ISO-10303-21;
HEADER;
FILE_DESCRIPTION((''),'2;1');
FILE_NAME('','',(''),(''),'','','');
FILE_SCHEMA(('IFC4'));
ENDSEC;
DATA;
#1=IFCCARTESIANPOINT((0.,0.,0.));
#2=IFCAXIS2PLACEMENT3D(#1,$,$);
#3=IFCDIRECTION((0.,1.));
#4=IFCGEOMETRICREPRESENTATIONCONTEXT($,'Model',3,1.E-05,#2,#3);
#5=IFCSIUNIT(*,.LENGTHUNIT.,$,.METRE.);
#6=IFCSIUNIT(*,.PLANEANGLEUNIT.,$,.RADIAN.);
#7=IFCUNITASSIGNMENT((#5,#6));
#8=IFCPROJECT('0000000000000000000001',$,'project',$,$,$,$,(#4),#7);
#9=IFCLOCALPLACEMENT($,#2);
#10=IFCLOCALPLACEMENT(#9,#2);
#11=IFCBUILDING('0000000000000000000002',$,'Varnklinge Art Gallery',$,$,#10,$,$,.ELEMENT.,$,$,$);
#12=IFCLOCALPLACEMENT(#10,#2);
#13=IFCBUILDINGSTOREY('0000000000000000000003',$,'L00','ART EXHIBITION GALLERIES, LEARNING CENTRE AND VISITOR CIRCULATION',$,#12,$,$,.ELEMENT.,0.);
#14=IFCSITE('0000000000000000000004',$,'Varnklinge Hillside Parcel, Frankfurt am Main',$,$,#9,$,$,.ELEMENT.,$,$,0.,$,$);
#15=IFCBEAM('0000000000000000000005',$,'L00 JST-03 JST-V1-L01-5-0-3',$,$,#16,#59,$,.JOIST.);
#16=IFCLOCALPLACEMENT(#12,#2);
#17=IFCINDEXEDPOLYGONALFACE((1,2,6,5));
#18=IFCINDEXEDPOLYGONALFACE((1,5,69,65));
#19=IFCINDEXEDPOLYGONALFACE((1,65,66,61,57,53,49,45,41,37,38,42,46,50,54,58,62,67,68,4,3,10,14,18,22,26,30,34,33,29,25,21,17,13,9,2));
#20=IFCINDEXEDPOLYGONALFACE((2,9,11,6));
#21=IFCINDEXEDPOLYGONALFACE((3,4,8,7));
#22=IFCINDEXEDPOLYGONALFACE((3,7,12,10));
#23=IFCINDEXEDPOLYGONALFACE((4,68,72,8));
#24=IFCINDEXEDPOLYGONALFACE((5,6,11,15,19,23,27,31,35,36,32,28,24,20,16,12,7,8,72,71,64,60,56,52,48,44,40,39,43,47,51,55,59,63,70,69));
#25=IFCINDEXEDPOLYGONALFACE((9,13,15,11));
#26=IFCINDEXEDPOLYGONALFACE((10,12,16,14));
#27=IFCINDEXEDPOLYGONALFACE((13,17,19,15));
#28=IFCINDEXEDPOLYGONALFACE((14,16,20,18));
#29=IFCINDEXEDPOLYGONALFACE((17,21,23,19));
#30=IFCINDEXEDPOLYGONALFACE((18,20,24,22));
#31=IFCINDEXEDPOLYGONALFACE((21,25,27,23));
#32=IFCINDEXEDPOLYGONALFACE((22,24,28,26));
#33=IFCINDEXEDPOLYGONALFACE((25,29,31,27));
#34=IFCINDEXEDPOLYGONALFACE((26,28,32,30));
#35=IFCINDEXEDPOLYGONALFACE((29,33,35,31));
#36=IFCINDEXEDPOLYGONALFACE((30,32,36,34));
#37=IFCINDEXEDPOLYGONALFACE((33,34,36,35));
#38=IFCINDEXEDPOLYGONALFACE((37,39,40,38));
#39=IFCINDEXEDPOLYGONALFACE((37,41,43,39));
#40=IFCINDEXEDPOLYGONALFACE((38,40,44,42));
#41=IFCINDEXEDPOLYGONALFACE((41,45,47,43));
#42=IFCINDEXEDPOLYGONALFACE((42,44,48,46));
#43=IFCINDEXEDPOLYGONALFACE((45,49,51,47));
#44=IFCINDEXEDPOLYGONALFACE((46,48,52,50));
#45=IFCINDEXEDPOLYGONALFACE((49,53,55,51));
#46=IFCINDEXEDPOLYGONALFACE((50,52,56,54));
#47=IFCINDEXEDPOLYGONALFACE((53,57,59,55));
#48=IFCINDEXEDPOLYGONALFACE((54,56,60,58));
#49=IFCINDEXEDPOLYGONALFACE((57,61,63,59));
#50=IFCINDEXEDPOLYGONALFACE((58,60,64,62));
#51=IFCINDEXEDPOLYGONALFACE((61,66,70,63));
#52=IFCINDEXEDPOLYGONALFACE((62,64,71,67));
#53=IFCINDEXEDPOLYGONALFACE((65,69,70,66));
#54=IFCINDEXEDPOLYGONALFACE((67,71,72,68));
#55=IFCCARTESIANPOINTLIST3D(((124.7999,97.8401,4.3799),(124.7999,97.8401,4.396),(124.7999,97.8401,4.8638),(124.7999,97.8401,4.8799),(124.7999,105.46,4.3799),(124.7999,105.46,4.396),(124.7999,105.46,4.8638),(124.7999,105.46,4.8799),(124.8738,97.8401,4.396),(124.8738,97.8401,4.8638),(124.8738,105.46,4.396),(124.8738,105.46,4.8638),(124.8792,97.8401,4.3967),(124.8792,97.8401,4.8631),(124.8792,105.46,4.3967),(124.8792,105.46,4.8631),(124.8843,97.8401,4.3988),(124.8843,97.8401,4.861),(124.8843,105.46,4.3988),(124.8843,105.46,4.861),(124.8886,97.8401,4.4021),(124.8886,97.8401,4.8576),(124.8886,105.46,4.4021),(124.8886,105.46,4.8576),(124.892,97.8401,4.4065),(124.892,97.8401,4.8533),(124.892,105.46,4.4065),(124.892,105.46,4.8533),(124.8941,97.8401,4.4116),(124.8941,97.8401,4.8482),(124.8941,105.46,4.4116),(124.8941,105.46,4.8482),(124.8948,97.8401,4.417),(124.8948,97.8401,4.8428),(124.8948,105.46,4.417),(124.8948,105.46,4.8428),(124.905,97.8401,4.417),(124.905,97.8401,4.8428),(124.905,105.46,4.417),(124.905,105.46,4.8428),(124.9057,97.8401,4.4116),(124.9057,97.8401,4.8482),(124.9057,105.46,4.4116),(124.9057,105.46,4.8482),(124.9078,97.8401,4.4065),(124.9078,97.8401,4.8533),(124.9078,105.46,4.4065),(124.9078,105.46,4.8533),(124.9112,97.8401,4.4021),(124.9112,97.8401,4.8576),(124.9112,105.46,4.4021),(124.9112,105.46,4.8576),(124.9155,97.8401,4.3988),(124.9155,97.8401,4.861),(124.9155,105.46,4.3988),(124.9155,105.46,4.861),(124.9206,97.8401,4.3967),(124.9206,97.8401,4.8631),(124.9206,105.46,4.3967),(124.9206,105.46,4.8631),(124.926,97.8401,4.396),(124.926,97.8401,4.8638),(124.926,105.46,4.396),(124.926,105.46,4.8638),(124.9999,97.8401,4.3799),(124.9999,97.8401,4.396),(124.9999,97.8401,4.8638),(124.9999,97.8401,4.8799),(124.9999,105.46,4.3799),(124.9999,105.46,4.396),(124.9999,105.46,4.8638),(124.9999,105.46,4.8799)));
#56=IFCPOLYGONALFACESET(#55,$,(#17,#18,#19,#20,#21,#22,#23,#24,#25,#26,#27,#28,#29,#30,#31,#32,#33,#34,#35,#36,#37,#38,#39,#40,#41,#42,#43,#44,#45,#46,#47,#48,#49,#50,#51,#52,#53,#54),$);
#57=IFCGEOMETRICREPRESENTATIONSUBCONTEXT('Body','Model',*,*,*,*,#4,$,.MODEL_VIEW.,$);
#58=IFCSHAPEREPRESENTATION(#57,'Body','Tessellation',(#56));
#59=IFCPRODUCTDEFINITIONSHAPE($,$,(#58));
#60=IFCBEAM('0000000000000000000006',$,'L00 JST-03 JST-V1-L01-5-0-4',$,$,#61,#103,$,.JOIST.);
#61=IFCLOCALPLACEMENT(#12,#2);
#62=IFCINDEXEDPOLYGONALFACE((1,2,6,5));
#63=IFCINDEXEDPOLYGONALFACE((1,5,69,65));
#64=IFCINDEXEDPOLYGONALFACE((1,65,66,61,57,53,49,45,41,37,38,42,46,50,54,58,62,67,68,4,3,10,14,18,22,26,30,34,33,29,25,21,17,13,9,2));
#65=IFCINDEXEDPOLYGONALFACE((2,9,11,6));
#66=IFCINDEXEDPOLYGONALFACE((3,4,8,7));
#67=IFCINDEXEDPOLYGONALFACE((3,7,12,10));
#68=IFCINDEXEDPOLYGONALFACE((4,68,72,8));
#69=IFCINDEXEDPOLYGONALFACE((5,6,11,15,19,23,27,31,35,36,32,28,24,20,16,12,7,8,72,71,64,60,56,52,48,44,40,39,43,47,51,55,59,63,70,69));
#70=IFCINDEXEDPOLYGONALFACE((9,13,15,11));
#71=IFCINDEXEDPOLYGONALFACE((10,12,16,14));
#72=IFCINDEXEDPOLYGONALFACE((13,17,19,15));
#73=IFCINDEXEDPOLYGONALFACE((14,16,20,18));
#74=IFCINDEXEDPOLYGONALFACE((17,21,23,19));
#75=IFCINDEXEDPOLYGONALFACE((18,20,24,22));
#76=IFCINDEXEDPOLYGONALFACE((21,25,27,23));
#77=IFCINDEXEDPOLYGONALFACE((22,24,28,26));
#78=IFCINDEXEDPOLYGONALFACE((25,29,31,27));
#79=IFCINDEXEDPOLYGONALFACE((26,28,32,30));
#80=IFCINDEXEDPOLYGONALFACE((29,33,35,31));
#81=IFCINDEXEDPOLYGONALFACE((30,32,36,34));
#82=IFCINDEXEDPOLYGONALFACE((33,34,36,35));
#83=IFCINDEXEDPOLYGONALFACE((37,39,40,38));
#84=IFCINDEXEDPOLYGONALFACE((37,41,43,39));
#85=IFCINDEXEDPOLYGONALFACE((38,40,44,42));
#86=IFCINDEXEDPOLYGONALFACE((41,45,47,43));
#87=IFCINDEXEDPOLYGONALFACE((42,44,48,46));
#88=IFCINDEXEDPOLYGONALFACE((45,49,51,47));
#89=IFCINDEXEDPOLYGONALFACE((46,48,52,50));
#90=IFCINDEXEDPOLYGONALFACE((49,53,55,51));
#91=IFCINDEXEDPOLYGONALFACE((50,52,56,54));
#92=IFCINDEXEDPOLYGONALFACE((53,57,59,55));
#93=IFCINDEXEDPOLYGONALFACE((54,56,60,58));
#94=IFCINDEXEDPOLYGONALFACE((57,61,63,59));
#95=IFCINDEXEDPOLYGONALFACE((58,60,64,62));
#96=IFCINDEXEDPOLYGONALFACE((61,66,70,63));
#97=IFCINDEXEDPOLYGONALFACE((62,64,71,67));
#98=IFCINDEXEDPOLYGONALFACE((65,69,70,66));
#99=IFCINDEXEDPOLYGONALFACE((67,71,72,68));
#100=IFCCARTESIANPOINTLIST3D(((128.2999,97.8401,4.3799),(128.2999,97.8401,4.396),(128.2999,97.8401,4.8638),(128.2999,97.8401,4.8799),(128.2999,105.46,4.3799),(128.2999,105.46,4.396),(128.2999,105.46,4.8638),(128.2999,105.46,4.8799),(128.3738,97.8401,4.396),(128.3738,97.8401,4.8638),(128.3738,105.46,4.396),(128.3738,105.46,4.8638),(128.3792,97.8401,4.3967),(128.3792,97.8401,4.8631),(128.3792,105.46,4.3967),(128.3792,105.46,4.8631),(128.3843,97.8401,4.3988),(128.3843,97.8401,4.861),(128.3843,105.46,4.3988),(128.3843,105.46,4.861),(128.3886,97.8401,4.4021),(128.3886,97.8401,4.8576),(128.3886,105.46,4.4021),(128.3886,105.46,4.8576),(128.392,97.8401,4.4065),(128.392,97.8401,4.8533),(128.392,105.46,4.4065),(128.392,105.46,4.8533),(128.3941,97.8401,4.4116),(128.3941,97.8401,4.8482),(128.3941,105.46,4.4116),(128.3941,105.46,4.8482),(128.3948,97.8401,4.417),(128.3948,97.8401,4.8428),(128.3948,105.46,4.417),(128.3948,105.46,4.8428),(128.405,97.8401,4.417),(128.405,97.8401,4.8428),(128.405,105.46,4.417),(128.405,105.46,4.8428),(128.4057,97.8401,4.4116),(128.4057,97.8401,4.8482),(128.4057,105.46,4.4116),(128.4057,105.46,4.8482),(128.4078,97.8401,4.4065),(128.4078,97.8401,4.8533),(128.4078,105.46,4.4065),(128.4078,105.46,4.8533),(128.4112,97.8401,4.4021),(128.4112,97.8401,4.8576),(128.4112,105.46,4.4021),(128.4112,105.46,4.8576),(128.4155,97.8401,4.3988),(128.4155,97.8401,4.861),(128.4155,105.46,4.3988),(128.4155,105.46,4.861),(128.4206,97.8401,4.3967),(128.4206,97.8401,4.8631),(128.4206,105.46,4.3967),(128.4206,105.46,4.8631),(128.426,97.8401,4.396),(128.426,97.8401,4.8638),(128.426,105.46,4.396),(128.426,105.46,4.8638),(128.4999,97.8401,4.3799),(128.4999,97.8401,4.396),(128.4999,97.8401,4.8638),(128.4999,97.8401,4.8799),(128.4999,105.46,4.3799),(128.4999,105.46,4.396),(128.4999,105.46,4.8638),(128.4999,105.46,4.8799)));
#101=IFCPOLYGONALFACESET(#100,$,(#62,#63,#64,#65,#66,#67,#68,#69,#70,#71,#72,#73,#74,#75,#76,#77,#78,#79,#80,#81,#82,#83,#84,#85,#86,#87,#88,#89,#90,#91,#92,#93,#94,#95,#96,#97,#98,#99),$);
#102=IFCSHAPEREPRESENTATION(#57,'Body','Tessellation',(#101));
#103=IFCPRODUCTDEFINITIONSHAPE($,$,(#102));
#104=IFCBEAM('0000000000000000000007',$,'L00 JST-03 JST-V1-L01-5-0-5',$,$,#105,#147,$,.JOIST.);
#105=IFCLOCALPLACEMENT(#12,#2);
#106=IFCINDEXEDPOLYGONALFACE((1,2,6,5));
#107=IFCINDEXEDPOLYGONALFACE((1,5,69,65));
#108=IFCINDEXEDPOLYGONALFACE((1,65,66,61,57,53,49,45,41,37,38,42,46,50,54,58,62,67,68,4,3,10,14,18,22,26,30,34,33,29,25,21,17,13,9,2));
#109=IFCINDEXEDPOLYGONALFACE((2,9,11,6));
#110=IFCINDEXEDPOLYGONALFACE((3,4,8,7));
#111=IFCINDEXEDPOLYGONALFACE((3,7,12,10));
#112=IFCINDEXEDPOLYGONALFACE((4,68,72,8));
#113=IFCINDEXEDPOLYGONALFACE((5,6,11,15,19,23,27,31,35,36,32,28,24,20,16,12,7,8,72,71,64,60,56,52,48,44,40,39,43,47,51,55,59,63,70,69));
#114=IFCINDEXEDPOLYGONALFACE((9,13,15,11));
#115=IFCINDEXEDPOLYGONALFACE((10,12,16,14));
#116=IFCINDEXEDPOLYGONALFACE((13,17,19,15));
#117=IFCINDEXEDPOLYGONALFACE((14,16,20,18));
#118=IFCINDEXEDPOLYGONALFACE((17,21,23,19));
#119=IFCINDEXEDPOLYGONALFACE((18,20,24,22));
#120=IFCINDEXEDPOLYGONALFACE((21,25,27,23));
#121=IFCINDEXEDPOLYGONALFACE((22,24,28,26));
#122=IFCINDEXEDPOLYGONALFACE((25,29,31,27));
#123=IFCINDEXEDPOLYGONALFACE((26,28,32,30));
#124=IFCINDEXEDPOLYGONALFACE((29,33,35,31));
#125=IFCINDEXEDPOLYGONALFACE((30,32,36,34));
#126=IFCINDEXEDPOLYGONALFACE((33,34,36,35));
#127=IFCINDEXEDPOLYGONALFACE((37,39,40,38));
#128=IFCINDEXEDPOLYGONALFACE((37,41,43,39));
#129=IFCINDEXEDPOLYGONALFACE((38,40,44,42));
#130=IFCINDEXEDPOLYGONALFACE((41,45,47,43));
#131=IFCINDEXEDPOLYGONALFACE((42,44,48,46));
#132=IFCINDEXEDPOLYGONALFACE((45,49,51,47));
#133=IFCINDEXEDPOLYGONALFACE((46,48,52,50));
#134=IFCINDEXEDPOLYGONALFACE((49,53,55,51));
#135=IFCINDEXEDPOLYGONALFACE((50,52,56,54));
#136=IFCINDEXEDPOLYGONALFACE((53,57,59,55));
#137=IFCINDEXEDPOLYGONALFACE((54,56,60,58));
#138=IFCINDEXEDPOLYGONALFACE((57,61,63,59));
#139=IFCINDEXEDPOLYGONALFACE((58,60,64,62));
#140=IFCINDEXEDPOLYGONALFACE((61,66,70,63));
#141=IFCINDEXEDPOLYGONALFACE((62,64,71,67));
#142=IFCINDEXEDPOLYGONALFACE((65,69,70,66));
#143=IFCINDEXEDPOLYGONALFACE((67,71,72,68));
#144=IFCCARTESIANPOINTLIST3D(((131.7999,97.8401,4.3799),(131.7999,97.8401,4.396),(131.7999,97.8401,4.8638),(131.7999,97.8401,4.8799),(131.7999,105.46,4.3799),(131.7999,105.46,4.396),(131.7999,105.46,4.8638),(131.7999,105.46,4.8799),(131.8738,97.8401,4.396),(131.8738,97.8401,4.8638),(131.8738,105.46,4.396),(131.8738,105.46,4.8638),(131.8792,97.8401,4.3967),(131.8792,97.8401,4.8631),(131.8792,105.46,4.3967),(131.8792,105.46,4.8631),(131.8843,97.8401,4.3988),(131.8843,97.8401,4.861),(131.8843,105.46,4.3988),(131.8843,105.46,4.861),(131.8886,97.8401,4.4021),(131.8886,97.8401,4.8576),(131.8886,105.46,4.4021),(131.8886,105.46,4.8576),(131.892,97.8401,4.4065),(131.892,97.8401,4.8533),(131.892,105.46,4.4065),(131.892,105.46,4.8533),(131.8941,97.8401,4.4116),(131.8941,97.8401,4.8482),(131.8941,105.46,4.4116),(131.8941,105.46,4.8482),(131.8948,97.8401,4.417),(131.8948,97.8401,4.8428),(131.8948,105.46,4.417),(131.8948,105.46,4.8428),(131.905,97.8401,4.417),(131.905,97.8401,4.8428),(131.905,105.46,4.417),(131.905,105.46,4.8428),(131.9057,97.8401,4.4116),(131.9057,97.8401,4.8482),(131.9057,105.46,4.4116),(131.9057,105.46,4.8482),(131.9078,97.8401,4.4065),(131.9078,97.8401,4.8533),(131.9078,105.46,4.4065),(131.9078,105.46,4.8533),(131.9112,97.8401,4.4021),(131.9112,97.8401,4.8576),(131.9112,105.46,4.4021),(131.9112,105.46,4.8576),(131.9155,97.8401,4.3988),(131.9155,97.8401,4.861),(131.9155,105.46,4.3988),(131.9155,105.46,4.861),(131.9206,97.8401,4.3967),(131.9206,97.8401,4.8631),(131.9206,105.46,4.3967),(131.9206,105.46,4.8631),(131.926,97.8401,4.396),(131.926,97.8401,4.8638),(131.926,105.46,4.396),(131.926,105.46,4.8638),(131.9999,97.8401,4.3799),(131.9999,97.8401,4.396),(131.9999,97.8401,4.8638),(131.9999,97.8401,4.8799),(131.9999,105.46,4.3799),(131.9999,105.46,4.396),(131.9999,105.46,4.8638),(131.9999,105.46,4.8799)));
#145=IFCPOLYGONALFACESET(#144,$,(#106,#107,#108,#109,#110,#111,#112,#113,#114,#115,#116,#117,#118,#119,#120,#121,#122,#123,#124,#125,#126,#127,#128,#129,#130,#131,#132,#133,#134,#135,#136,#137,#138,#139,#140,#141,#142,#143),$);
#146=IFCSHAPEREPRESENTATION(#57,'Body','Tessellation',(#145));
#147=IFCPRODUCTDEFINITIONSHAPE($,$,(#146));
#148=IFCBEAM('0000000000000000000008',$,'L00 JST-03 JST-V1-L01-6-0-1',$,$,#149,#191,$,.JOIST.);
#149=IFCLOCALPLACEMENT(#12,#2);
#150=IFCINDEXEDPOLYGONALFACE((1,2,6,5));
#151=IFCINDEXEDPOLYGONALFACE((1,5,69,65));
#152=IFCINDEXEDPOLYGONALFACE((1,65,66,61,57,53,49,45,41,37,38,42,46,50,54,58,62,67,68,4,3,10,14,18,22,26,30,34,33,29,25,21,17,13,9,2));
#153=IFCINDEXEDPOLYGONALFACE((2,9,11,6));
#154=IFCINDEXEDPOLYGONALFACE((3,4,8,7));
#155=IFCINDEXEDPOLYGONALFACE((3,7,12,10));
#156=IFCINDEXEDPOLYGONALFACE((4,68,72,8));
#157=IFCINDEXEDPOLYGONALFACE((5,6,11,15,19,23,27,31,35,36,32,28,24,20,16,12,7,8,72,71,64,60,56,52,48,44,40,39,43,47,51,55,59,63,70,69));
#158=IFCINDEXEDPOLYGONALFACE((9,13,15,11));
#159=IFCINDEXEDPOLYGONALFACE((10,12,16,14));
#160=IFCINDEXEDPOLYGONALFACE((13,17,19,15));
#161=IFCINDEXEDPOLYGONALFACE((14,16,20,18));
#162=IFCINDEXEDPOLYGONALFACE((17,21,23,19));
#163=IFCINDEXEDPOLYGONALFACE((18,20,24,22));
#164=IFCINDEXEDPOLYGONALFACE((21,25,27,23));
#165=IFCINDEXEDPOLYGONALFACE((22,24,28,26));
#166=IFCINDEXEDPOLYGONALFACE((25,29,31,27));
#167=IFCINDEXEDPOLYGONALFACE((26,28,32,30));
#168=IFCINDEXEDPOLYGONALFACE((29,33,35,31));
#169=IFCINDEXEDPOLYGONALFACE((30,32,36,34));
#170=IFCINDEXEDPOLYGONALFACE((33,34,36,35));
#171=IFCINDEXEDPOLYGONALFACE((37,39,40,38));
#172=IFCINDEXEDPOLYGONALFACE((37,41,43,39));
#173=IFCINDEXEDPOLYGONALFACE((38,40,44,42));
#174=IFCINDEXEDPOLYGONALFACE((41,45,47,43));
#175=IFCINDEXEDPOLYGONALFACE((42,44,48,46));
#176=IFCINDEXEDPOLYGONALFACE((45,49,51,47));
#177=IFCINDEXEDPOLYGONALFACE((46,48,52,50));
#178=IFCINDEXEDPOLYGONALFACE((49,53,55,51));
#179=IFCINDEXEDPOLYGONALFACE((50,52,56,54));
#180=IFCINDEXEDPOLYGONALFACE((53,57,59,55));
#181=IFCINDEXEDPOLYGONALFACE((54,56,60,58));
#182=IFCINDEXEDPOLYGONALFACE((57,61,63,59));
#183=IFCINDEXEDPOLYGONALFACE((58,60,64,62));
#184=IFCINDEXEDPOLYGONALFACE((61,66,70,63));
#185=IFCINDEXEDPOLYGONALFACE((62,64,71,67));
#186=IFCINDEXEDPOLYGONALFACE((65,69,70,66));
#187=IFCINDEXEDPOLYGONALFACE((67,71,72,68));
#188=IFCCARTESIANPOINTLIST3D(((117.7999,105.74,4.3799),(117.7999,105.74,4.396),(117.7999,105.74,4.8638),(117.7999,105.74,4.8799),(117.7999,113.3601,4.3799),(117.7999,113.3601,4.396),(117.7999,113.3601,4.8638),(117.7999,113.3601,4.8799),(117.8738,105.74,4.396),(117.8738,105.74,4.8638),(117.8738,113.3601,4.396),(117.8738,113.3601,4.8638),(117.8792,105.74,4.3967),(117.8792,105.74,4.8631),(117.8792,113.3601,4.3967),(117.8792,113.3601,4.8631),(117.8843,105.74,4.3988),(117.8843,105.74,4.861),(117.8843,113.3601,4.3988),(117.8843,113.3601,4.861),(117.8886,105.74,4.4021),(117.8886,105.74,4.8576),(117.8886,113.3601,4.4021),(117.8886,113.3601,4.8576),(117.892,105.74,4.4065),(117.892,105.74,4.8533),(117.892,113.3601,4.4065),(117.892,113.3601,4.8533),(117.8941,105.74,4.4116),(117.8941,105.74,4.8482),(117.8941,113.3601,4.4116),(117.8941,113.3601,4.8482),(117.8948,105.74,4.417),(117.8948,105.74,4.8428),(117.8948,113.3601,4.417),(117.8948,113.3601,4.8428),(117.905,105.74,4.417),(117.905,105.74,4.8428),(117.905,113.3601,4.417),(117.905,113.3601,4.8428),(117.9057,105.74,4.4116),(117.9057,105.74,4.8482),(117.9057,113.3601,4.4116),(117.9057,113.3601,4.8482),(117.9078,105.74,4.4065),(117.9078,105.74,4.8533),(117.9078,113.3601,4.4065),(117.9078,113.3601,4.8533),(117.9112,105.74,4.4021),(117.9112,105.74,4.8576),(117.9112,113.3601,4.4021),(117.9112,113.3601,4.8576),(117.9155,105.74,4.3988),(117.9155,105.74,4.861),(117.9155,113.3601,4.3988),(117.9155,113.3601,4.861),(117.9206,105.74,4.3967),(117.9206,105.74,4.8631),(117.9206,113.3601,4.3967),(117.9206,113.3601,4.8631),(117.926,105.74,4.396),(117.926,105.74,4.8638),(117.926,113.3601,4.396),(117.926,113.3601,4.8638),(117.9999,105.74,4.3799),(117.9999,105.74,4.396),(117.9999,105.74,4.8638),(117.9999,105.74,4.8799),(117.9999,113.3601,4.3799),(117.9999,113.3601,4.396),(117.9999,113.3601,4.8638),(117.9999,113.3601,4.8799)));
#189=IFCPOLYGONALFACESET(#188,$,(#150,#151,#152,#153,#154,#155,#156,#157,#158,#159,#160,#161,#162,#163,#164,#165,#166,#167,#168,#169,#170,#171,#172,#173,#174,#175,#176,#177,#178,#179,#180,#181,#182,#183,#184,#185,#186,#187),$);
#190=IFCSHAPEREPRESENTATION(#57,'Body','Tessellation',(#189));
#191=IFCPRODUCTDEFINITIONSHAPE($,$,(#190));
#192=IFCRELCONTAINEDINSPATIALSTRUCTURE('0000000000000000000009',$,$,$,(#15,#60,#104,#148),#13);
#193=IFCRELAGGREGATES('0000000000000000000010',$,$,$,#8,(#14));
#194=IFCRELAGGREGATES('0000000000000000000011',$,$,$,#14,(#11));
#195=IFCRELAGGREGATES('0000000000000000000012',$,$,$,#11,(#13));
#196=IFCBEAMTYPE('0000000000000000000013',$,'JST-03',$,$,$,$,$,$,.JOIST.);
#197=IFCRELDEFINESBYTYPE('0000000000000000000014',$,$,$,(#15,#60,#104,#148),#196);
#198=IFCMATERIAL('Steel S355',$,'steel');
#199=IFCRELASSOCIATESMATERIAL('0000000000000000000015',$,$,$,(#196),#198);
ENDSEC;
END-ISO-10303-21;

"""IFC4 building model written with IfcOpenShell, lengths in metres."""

from ifc_helpers import new_model, si_unit, direction, frame, origin, origin_2d, place, context, subcontext, project, spatial, i_section, extrude, material, material_profile, profile_set, type_object, element, save


model = new_model("IFC4")

# Units and contexts
model_context = context("Model", 3, precision=1e-05, world=origin(), true_north=direction((0.0, 1.0)))
body_context = subcontext(model_context, "Body", "Model", "MODEL_VIEW")
ifc_project = project(units=[si_unit("LENGTHUNIT", "METRE"), si_unit("PLANEANGLEUNIT", "RADIAN")], contexts=[model_context])

# Site, building, storey
site_placement = place(None, origin())
site = spatial("IfcSite", under=ifc_project, at=site_placement, Name="Varnklinge Hillside Parcel, Frankfurt am Main", CompositionType="ELEMENT", RefElevation=0.0)
building_placement = place(site_placement, origin())
building = spatial("IfcBuilding", under=site, at=building_placement, Name="Varnklinge Art Gallery", CompositionType="ELEMENT")
storey_placement = place(building_placement, origin())
storey = spatial("IfcBuildingStorey", under=building, at=storey_placement, Name="L00", Description="ART EXHIBITION GALLERIES, LEARNING CENTRE AND VISITOR CIRCULATION", CompositionType="ELEMENT", Elevation=0.0)

# Beams
ifc_material_1 = material(Name="Steel S355", Category="steel")
ifc_material_profile_1 = material_profile(ifc_material_1, i_section(OverallWidth=0.2, OverallDepth=0.5, WebThickness=0.0103, FlangeThickness=0.0161, FilletRadius=0.021, at=origin_2d()), Name="IPE 500")
ifc_profile_set_1 = profile_set([ifc_material_profile_1], Name="Steel S355")
beam_type_1 = type_object("IfcBeamType", Name="JST-03", PredefinedType="JOIST", material=ifc_profile_set_1)
for number, where, z_axis, x_axis, name in (
    (1, (124.8999, 97.8401, 4.6299), (0.0, 1.0, 0.0), (-1.0, 0.0, 0.0), "L00 JST-03 JST-V1-L01-5-0-3"),
    (2, (128.3999, 97.8401, 4.6299), (0.0, 1.0, 0.0), (-1.0, 0.0, 0.0), "L00 JST-03 JST-V1-L01-5-0-4"),
    (3, (131.8999, 97.8401, 4.6299), (0.0, 1.0, 0.0), (-1.0, 0.0, 0.0), "L00 JST-03 JST-V1-L01-5-0-5"),
):
    element("IfcBeam", number, at=place(storey_placement, frame(where, z_axis=z_axis, x_axis=x_axis)), inside=storey, type_object=beam_type_1, Name=name, PredefinedType="JOIST", context=body_context, shape_type="SweptSolid", body=[
        extrude(i_section(OverallWidth=0.2, OverallDepth=0.5, WebThickness=0.0103, FlangeThickness=0.0161, FilletRadius=0.021, at=origin_2d()), origin(), (0.0, 0.0, 1.0), 7.6199),
    ])
for number, where, z_axis, x_axis, name in (
    (4, (117.8999, 105.74, 4.6299), (0.0, 1.0, 0.0), (-1.0, 0.0, 0.0), "L00 JST-03 JST-V1-L01-6-0-1"),
):
    element("IfcBeam", number, at=place(storey_placement, frame(where, z_axis=z_axis, x_axis=x_axis)), inside=storey, type_object=beam_type_1, Name=name, PredefinedType="JOIST", context=body_context, shape_type="SweptSolid", body=[
        extrude(i_section(OverallWidth=0.2, OverallDepth=0.5, WebThickness=0.0103, FlangeThickness=0.0161, FilletRadius=0.021, at=origin_2d()), origin(), (0.0, 0.0, 1.0), 7.6201),
    ])

save(model, "model.ifc")
